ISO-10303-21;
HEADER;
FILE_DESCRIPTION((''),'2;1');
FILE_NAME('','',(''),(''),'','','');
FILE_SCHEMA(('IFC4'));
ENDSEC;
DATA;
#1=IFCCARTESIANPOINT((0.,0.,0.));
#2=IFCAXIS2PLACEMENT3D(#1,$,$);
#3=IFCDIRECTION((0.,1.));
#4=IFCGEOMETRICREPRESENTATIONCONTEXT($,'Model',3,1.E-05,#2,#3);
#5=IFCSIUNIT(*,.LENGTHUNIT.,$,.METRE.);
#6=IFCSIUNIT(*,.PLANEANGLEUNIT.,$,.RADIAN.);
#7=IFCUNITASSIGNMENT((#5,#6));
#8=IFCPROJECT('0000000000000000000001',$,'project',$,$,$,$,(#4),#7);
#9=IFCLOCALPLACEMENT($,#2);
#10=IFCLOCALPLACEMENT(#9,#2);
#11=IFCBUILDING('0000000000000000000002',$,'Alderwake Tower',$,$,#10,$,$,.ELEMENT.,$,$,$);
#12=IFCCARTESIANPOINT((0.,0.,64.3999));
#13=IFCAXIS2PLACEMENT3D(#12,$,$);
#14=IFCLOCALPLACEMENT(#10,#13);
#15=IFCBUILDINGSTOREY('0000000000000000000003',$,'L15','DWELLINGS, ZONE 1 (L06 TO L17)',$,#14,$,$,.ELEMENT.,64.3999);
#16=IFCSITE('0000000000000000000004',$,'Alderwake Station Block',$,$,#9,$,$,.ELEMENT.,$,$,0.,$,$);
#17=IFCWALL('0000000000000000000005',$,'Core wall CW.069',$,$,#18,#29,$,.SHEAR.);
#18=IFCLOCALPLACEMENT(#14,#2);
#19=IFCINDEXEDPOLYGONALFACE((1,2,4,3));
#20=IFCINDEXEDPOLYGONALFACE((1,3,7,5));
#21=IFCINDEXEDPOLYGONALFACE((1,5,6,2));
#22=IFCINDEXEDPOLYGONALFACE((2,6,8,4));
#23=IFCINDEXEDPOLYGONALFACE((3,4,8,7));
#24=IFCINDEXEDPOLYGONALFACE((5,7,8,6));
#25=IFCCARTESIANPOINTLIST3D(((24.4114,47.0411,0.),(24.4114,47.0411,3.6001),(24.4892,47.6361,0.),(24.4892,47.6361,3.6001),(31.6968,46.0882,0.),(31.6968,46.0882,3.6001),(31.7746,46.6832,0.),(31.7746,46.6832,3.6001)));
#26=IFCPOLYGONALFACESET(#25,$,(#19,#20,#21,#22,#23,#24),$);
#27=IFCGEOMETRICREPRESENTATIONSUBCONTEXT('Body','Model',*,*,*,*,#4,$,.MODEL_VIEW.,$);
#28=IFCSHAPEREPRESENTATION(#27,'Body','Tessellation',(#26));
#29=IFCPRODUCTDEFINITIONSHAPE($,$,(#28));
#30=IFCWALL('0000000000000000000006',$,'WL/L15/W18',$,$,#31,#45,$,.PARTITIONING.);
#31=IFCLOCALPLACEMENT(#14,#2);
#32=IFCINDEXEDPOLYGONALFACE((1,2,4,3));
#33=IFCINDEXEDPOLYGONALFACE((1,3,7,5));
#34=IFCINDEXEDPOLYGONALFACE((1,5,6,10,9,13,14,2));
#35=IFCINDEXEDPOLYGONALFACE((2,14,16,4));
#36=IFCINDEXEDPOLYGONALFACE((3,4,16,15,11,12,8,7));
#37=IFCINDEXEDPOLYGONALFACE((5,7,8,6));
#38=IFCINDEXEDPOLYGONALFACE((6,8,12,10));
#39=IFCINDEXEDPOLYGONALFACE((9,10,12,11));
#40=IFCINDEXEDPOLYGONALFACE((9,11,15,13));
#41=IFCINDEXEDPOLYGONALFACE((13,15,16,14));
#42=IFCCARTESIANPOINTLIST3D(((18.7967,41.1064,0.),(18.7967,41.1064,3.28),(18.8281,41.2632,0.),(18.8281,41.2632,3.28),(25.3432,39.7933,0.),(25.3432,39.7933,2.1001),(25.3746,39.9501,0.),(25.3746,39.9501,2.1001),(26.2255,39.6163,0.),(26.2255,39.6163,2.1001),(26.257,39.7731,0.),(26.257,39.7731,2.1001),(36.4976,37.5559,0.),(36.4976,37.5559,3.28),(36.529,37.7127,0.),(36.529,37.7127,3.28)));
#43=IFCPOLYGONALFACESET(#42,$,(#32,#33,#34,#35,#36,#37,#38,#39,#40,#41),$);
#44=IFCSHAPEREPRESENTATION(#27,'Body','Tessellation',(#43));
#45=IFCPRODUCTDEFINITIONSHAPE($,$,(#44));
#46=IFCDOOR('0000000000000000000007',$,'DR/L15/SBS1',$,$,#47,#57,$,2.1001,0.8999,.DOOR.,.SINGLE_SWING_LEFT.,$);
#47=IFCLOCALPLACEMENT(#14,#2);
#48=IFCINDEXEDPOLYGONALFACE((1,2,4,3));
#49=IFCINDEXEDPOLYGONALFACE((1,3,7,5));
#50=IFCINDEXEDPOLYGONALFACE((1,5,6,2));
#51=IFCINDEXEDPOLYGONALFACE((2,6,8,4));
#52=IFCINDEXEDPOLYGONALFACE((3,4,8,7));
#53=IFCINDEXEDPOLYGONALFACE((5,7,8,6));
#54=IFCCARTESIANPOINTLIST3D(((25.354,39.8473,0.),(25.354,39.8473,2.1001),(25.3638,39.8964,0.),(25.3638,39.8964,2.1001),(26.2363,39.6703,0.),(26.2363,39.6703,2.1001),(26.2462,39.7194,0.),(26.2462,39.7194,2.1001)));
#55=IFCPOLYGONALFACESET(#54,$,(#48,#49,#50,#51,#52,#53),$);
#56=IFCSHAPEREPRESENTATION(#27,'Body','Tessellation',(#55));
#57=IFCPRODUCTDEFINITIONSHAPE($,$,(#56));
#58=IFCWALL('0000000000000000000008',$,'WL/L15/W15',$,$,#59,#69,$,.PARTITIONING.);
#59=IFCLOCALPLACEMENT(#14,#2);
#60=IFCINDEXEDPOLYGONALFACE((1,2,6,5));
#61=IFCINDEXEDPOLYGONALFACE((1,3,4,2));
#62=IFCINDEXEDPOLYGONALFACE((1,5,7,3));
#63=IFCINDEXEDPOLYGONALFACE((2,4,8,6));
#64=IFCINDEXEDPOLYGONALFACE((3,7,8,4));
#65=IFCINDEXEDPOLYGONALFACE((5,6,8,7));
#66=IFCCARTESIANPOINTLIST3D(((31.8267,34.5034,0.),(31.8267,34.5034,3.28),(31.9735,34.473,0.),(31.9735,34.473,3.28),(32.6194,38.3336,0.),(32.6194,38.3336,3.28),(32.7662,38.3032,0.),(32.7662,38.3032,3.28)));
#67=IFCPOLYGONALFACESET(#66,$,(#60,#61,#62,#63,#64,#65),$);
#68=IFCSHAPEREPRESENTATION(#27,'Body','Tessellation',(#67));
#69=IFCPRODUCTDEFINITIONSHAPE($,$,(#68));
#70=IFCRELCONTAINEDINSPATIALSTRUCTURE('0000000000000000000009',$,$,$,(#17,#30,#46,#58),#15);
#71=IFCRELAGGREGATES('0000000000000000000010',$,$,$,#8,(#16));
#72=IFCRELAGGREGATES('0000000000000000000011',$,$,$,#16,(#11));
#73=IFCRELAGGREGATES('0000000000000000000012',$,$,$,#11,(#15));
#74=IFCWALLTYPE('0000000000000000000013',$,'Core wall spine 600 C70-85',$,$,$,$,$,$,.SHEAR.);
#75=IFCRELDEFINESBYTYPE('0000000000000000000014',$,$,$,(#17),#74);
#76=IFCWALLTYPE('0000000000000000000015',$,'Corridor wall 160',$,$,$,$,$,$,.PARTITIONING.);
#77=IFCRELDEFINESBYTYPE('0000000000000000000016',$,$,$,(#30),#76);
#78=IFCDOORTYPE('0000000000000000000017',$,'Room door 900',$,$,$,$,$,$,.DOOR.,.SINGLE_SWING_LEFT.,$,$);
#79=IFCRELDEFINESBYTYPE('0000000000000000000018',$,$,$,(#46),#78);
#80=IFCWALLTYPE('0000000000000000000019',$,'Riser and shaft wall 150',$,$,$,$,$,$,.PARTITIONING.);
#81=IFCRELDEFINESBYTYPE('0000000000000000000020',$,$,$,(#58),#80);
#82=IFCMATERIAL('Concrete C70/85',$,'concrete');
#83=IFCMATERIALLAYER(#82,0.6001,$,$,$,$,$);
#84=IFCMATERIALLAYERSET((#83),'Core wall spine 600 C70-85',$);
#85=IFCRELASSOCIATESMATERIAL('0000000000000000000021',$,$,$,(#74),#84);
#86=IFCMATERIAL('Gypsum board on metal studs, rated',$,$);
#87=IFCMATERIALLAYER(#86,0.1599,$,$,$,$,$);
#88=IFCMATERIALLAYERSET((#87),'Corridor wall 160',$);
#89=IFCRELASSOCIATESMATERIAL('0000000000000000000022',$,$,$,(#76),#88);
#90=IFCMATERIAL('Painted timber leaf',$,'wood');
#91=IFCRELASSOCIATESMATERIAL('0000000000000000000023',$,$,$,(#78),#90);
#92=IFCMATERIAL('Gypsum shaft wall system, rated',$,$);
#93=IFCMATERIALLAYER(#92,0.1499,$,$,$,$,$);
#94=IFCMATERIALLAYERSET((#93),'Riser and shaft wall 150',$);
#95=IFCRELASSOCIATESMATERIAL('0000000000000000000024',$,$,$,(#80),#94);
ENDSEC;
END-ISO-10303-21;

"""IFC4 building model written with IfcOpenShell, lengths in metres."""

from ifc_helpers import new_model, si_unit, direction, frame, frame_2d, origin, place, context, subcontext, project, spatial, rectangle, extrude, material, layer, layer_set, type_object, element, fill, save


model = new_model("IFC4")

# Units and contexts
model_context = context("Model", 3, precision=1e-05, world=origin(), true_north=direction((0.0, 1.0)))
body_context = subcontext(model_context, "Body", "Model", "MODEL_VIEW")
ifc_project = project(units=[si_unit("LENGTHUNIT", "METRE"), si_unit("PLANEANGLEUNIT", "RADIAN")], contexts=[model_context])

# Site, building, storey
site_placement = place(None, origin())
site = spatial("IfcSite", under=ifc_project, at=site_placement, Name="Alderwake Station Block", CompositionType="ELEMENT", RefElevation=0.0)
building_placement = place(site_placement, origin())
building = spatial("IfcBuilding", under=site, at=building_placement, Name="Alderwake Tower", CompositionType="ELEMENT")
storey_placement = place(building_placement, frame((0.0, 0.0, 64.3999)))
storey = spatial("IfcBuildingStorey", under=building, at=storey_placement, Name="L15", Description="DWELLINGS, ZONE 1 (L06 TO L17)", CompositionType="ELEMENT", Elevation=64.3999)

# Shared definitions
ifc_material_1 = material(Name="Concrete C70/85", Category="concrete")
ifc_layer_1 = layer(ifc_material_1, 0.6001)
ifc_layer_set_1 = layer_set([ifc_layer_1], Name="Core wall spine 600 C70-85")
wall_type_1 = type_object("IfcWallType", Name="Core wall spine 600 C70-85", PredefinedType="SHEAR", material=ifc_layer_set_1)

# Wall
wall_1_placement = place(storey_placement, frame((24.4502, 47.3386, 0.0), z_axis=(0.0, 0.0, 1.0), x_axis=(0.991555, -0.129689, 0.0)))
element("IfcWall", 1, at=wall_1_placement, inside=storey, type_object=wall_type_1, Name="Core wall CW.069", PredefinedType="SHEAR", context=body_context, shape_type="SweptSolid", body=[
    extrude(rectangle(XDim=7.3474, YDim=0.6001, at=frame_2d((3.6738, 0.0))), origin(), (0.0, 0.0, 1.0), 3.6001),
])

# Wall, opening, door
ifc_material_2 = material(Name="Gypsum board on metal studs, rated")
ifc_layer_2 = layer(ifc_material_2, 0.1599)
ifc_layer_set_2 = layer_set([ifc_layer_2], Name="Corridor wall 160")
wall_type_2 = type_object("IfcWallType", Name="Corridor wall 160", PredefinedType="PARTITIONING", material=ifc_layer_set_2)
wall_2_placement = place(storey_placement, frame((36.5134, 37.6343, 0.0), z_axis=(0.0, 0.0, 1.0), x_axis=(-0.98047, 0.196667, 0.0)))
wall_2 = element("IfcWall", 2, at=wall_2_placement, inside=storey, type_object=wall_type_2, Name="WL/L15/W18", PredefinedType="PARTITIONING", context=body_context, shape_type="SweptSolid", body=[
    extrude(rectangle(XDim=18.0535, YDim=0.1599, at=frame_2d((9.0269, 0.0))), origin(), (0.0, 0.0, 1.0), 3.28),
])
opening_1_placement = place(wall_2_placement, frame((10.4768, 0.0, 0.0)))
opening_1 = element("IfcOpeningElement", 3, at=opening_1_placement, cuts=wall_2, PredefinedType="OPENING", context=body_context, shape_type="SweptSolid", body=[
    extrude(rectangle(XDim=0.8999, YDim=2.1001, at=frame_2d((0.45, 1.05))), frame((0.0, 0.0898, 0.0), z_axis=(0.0, -1.0, 0.0), x_axis=(1.0, 0.0, 0.0)), (0.0, 0.0, 1.0), 0.1799),
])
ifc_material_3 = material(Name="Painted timber leaf", Category="wood")
door_type_1 = type_object("IfcDoorType", Name="Room door 900", OperationType="SINGLE_SWING_LEFT", PredefinedType="DOOR", material=ifc_material_3)
door_1_placement = place(opening_1_placement, origin())
door_1 = element("IfcDoor", 4, at=door_1_placement, inside=storey, type_object=door_type_1, Name="DR/L15/SBS1", OperationType="SINGLE_SWING_LEFT", OverallHeight=2.1001, OverallWidth=0.8999, PredefinedType="DOOR", context=body_context, shape_type="SweptSolid", body=[
    extrude(rectangle(XDim=0.8999, YDim=2.1001, at=frame_2d((0.45, 1.05))), frame((0.0, 0.0249, 0.0), z_axis=(0.0, -1.0, 0.0), x_axis=(1.0, 0.0, 0.0)), (0.0, 0.0, 1.0), 0.05),
])
fill(opening_1, door_1)

# Wall
ifc_material_4 = material(Name="Gypsum shaft wall system, rated")
ifc_layer_3 = layer(ifc_material_4, 0.1499)
ifc_layer_set_3 = layer_set([ifc_layer_3], Name="Riser and shaft wall 150")
wall_type_3 = type_object("IfcWallType", Name="Riser and shaft wall 150", PredefinedType="PARTITIONING", material=ifc_layer_set_3)
wall_3_placement = place(storey_placement, frame((31.9001, 34.4883, 0.0), z_axis=(0.0, 0.0, 1.0), x_axis=(0.202665, 0.979248, 0.0)))
element("IfcWall", 5, at=wall_3_placement, inside=storey, type_object=wall_type_3, Name="WL/L15/W15", PredefinedType="PARTITIONING", context=body_context, shape_type="SweptSolid", body=[
    extrude(rectangle(XDim=3.9114, YDim=0.1499, at=frame_2d((1.9556, 0.0))), origin(), (0.0, 0.0, 1.0), 3.28),
])

save(model, "model.ifc")
